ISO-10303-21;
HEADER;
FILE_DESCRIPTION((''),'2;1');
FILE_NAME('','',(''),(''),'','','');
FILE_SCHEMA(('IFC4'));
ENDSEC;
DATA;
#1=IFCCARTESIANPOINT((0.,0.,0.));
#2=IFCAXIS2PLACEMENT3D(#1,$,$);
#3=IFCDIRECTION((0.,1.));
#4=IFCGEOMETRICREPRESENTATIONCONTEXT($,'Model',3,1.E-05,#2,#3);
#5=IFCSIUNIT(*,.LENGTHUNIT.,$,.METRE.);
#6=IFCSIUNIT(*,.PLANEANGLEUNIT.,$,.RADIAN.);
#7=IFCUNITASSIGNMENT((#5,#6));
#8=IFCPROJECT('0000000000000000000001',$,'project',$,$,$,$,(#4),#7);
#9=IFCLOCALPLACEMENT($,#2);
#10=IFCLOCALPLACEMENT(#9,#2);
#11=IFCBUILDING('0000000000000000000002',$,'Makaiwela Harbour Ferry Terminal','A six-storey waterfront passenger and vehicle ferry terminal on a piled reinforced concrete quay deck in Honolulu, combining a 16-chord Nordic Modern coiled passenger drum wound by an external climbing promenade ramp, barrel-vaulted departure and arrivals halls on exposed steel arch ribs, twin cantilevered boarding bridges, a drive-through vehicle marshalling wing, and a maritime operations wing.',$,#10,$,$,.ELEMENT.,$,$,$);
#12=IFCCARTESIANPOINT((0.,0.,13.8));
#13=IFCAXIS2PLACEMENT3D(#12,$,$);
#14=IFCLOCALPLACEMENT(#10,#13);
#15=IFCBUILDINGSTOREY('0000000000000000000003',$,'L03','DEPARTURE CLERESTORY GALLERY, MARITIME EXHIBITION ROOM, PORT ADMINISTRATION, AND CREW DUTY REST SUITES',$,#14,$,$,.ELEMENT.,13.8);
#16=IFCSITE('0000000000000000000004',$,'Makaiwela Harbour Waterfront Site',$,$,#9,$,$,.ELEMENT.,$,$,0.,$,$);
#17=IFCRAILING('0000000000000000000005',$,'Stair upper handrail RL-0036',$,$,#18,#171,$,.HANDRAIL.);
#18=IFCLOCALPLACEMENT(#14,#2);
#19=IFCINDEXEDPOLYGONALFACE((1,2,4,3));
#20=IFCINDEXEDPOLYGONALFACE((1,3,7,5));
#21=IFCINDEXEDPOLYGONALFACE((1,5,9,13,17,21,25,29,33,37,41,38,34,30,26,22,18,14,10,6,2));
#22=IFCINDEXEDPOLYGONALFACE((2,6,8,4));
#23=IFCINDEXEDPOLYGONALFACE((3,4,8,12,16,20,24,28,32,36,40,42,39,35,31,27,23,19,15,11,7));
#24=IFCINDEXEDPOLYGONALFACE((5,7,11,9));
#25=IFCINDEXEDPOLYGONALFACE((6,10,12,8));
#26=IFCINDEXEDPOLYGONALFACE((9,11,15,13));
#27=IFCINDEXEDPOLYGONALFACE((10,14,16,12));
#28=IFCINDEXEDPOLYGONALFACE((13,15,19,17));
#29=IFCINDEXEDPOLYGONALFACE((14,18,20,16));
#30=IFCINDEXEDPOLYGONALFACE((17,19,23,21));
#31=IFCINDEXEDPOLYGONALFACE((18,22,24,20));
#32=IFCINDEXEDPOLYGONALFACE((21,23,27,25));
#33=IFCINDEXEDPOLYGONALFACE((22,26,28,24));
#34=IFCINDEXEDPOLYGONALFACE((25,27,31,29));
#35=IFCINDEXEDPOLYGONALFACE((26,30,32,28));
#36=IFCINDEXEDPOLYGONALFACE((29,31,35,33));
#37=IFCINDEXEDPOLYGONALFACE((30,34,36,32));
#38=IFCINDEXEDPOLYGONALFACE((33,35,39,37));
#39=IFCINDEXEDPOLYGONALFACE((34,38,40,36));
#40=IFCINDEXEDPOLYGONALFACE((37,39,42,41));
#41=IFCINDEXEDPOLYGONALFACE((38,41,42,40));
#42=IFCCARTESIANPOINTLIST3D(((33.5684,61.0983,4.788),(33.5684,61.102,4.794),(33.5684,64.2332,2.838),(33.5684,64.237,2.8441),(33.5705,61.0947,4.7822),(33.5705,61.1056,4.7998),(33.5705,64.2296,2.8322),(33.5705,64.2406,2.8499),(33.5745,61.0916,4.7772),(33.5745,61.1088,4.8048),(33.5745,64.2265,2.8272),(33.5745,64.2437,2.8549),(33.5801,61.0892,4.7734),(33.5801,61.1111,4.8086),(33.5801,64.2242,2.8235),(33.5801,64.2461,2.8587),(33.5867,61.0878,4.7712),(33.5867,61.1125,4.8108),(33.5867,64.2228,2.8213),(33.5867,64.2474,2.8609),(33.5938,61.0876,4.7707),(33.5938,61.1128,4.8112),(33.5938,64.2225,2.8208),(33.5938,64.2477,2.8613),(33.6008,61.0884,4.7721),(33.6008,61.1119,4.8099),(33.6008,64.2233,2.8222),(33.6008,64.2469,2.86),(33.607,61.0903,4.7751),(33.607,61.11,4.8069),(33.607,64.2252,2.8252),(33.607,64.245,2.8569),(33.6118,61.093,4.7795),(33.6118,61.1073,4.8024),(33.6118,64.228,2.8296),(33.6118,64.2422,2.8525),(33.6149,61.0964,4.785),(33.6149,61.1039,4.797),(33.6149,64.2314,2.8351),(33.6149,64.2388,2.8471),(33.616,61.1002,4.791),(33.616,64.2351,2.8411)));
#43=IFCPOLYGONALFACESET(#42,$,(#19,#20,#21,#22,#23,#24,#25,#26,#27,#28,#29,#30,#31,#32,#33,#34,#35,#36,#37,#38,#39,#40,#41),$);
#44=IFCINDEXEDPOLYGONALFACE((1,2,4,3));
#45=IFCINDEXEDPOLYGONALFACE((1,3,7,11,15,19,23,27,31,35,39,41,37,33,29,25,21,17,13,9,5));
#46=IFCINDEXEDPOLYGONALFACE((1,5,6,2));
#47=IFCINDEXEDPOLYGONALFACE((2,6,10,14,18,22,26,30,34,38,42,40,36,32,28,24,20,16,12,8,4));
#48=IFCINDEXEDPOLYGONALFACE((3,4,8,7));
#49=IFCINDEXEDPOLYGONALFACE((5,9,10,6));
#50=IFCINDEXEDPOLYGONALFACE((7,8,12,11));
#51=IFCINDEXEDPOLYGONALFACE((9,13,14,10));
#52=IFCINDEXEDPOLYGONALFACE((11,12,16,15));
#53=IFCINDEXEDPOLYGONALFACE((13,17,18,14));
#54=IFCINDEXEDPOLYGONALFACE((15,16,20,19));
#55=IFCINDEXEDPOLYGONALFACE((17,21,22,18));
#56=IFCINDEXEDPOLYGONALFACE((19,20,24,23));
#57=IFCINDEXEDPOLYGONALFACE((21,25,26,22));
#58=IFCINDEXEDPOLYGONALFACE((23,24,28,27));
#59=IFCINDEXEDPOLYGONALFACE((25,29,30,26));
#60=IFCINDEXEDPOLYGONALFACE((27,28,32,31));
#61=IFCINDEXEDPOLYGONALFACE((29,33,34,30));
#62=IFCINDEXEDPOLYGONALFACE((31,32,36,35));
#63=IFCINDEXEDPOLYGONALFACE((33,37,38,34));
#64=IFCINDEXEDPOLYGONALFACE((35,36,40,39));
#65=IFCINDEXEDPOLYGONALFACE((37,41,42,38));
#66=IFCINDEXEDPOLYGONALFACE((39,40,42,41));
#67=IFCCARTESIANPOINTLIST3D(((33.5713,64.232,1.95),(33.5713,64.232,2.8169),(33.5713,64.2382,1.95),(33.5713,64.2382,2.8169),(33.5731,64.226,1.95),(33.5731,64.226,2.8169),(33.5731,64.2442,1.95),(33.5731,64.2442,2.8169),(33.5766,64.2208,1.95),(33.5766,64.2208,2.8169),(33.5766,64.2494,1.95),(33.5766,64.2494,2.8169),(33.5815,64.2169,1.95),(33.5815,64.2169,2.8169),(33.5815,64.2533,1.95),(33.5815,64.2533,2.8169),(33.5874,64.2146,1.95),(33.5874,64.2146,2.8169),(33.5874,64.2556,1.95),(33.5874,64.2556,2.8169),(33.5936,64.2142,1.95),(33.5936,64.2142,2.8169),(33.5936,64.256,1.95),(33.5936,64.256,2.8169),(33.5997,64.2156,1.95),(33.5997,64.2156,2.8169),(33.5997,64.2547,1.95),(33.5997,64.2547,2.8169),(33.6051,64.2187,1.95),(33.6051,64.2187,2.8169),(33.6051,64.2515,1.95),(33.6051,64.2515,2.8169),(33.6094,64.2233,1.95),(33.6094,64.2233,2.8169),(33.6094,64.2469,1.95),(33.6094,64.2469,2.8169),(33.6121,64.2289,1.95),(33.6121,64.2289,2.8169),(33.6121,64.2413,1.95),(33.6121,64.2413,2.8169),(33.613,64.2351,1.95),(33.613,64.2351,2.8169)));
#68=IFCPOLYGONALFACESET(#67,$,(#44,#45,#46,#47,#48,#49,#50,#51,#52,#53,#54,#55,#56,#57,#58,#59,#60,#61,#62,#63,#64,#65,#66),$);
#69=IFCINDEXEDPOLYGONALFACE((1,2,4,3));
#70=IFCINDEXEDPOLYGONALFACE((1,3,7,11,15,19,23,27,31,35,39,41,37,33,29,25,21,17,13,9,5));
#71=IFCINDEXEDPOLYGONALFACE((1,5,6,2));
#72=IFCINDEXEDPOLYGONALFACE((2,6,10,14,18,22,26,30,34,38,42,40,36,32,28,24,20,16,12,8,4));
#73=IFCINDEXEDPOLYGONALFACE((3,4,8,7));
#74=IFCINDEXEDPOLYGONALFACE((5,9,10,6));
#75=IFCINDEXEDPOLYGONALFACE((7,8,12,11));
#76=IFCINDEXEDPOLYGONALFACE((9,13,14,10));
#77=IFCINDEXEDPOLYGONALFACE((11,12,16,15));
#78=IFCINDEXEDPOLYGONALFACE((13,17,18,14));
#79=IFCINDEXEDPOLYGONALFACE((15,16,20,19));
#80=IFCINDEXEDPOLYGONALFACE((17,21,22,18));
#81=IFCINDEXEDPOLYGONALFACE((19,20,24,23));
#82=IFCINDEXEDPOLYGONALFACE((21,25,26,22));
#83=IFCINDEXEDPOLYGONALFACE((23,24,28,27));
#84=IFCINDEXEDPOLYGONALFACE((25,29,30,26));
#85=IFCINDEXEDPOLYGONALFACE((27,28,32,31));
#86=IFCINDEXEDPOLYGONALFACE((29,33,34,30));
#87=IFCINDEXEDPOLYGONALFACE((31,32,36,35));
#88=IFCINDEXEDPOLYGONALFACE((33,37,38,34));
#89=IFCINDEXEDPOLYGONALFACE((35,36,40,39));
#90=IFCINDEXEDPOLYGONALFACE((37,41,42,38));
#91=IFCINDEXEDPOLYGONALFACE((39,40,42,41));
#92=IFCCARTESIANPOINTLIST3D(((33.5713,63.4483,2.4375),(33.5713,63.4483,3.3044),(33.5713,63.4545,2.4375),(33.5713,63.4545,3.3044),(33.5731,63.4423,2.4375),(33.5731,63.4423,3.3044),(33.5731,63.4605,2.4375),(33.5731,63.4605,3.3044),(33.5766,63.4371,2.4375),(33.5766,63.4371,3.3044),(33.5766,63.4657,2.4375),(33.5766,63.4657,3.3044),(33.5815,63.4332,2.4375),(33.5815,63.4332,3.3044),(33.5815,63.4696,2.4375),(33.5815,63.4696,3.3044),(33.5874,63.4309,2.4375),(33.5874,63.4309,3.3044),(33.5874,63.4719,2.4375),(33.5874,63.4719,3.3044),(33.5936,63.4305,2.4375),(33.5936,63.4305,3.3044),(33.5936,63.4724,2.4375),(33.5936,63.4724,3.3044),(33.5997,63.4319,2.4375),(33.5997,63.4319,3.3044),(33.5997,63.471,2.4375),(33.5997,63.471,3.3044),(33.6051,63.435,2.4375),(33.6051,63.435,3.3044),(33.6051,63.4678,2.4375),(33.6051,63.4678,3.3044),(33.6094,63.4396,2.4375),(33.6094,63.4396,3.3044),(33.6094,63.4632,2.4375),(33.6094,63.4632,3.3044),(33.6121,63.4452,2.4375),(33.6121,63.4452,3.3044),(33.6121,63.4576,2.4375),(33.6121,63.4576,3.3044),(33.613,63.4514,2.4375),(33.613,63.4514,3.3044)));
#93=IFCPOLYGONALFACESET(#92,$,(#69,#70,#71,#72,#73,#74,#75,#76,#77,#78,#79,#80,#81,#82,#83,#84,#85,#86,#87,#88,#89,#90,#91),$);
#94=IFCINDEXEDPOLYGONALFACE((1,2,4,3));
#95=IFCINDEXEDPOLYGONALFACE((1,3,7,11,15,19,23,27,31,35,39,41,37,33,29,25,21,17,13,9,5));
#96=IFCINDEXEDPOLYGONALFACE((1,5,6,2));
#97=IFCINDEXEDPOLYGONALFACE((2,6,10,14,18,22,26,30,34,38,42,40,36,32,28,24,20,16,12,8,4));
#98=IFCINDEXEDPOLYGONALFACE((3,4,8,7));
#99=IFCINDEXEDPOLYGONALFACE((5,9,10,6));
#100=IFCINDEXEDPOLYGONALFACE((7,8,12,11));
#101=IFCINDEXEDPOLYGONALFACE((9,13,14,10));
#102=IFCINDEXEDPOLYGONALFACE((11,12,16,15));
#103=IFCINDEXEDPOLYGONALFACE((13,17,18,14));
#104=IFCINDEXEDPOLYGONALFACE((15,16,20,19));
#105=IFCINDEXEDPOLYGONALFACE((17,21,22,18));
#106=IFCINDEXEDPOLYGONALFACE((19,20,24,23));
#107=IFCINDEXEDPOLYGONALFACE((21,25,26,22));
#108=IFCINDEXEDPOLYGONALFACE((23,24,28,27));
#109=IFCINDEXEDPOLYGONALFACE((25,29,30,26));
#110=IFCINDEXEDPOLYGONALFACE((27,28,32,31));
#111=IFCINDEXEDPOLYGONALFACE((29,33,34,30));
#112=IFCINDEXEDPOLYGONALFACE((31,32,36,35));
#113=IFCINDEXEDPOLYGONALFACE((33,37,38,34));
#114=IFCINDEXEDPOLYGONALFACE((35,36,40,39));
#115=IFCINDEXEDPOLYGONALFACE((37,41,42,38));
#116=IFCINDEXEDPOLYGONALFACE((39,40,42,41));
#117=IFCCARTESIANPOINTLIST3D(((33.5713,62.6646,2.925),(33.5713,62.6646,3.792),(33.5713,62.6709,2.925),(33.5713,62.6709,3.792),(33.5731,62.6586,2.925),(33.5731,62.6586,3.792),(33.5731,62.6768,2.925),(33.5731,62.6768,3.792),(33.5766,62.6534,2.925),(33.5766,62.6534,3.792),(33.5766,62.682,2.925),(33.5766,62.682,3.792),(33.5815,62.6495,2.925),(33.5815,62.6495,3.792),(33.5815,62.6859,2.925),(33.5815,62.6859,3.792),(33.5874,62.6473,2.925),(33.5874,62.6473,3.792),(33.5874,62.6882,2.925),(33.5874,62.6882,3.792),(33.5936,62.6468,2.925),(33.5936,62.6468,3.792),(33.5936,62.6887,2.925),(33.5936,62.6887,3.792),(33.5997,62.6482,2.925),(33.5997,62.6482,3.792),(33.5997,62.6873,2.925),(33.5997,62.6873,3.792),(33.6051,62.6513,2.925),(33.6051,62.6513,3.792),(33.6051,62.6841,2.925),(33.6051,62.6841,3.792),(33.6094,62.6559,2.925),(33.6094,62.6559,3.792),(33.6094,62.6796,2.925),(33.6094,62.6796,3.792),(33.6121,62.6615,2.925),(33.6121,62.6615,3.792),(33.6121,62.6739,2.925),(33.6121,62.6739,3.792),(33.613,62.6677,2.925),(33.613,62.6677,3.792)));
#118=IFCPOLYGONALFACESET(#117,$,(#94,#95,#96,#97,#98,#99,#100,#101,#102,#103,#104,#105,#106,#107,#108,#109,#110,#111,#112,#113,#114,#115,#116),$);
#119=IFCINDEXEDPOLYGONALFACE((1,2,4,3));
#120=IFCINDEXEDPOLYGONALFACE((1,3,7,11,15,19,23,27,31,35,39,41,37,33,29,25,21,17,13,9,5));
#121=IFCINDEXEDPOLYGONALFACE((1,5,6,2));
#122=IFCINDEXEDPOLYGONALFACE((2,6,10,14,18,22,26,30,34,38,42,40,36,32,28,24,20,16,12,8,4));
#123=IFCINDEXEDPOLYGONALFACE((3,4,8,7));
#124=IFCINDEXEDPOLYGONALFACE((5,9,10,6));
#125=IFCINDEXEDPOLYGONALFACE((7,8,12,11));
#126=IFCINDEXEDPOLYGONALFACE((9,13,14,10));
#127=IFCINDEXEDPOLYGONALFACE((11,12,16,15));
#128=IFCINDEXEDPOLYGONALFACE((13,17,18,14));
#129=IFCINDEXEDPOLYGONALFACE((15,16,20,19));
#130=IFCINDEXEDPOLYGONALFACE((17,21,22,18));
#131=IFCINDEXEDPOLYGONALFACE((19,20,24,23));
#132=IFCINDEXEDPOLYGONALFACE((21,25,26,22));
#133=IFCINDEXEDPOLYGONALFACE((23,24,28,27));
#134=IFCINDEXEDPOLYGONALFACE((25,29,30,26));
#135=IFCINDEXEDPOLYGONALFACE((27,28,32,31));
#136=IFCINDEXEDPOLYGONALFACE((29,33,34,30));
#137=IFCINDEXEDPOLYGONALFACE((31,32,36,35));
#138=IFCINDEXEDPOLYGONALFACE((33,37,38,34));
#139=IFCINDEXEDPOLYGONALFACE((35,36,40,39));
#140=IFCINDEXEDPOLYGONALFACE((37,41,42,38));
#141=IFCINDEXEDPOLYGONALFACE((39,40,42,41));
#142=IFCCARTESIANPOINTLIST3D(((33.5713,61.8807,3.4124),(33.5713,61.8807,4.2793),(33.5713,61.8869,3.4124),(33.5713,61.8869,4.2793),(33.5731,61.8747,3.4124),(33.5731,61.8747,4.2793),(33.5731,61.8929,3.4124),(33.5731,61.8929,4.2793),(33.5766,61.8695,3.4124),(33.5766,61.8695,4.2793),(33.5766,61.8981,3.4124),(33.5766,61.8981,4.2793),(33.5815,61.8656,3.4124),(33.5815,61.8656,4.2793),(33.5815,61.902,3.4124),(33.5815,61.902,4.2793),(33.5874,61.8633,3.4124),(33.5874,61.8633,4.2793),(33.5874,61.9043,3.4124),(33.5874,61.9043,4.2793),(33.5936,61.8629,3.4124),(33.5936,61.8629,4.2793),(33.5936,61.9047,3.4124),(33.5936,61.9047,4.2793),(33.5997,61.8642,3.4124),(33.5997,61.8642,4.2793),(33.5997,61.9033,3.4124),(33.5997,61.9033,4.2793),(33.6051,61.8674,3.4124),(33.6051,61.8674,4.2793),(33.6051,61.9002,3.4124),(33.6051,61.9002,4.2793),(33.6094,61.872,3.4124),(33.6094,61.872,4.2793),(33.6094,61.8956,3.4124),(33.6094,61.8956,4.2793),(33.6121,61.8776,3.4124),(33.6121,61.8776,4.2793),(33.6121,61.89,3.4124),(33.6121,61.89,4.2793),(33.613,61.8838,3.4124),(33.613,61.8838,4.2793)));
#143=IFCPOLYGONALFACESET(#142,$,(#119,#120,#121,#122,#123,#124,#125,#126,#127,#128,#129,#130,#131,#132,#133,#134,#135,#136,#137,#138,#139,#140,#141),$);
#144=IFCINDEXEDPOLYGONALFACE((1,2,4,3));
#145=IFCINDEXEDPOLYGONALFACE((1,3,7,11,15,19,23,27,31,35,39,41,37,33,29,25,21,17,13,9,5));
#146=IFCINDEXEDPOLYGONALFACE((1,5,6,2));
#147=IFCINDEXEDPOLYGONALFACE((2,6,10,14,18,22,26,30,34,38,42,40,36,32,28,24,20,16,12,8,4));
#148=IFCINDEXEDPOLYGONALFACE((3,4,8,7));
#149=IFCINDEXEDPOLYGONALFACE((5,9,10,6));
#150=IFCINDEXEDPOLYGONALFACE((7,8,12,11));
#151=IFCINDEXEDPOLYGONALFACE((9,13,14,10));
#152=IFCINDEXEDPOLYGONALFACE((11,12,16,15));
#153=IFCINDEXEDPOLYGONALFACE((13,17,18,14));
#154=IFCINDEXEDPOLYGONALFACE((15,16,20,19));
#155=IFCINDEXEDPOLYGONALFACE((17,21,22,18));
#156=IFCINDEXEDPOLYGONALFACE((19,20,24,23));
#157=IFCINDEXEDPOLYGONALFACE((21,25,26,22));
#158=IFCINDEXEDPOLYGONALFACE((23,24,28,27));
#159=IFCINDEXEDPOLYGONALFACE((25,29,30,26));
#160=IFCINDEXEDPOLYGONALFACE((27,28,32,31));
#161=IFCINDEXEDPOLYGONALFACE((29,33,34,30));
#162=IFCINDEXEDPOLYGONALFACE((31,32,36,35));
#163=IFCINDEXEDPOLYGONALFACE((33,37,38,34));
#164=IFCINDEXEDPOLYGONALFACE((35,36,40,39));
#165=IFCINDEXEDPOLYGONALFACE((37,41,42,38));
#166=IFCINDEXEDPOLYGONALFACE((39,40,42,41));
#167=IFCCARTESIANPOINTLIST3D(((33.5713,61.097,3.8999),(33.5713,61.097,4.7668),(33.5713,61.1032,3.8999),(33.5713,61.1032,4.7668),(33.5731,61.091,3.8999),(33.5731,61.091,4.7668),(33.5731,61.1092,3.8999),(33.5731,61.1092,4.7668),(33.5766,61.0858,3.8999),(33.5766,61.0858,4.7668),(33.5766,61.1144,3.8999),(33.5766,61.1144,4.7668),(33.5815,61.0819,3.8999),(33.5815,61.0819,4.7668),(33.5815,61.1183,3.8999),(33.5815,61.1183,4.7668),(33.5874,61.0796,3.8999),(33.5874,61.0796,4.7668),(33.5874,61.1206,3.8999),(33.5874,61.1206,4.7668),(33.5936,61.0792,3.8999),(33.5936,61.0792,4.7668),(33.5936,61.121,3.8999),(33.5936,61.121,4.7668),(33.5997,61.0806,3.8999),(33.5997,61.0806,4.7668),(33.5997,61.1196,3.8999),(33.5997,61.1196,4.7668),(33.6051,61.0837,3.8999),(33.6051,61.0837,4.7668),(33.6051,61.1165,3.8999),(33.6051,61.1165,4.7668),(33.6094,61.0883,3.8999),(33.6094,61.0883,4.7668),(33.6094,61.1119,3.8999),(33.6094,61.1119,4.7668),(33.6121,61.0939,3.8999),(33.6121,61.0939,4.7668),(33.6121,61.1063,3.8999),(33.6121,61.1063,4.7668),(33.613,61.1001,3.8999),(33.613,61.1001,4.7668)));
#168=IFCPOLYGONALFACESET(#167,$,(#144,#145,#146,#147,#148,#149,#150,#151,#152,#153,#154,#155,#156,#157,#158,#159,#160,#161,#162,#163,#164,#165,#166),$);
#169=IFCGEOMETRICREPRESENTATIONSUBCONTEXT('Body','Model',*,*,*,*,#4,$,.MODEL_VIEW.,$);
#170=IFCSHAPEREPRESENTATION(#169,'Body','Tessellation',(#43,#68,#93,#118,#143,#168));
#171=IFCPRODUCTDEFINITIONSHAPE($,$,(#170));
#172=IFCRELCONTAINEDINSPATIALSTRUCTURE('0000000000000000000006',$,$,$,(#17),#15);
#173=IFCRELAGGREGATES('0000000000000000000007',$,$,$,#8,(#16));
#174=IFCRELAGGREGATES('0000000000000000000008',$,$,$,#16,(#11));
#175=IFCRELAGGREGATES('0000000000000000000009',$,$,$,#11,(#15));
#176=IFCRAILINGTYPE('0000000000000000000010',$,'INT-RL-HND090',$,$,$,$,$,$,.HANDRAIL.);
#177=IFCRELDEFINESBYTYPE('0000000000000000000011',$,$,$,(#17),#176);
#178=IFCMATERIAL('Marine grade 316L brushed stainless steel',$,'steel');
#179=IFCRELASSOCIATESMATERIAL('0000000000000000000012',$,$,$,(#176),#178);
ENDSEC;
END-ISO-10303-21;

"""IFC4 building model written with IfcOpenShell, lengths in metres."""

from ifc_helpers import new_model, si_unit, direction, frame, origin, origin_2d, place, context, subcontext, project, spatial, circle, extrude, material, type_object, element, save


model = new_model("IFC4")

# Units and contexts
model_context = context("Model", 3, precision=1e-05, world=origin(), true_north=direction((0.0, 1.0)))
body_context = subcontext(model_context, "Body", "Model", "MODEL_VIEW")
ifc_project = project(units=[si_unit("LENGTHUNIT", "METRE"), si_unit("PLANEANGLEUNIT", "RADIAN")], contexts=[model_context])

# Site, building, storey
site_placement = place(None, origin())
site = spatial("IfcSite", under=ifc_project, at=site_placement, Name="Makaiwela Harbour Waterfront Site", CompositionType="ELEMENT", RefElevation=0.0)
building_placement = place(site_placement, origin())
building = spatial("IfcBuilding", under=site, at=building_placement, Name="Makaiwela Harbour Ferry Terminal", Description="A six-storey waterfront passenger and vehicle ferry terminal on a piled reinforced concrete quay deck in Honolulu, combining a 16-chord Nordic Modern coiled passenger drum wound by an external climbing promenade ramp, barrel-vaulted departure and arrivals halls on exposed steel arch ribs, twin cantilevered boarding bridges, a drive-through vehicle marshalling wing, and a maritime operations wing.", CompositionType="ELEMENT")
storey_placement = place(building_placement, frame((0.0, 0.0, 13.8)))
storey = spatial("IfcBuildingStorey", under=building, at=storey_placement, Name="L03", Description="DEPARTURE CLERESTORY GALLERY, MARITIME EXHIBITION ROOM, PORT ADMINISTRATION, AND CREW DUTY REST SUITES", CompositionType="ELEMENT", Elevation=13.8)

# Railing
ifc_material_1 = material(Name="Marine grade 316L brushed stainless steel", Category="steel")
railing_type_1 = type_object("IfcRailingType", Name="INT-RL-HND090", PredefinedType="HANDRAIL", material=ifc_material_1)
railing_1_placement = place(storey_placement, frame((33.592, 64.2351, 1.95)))
element("IfcRailing", 1, at=railing_1_placement, inside=storey, type_object=railing_type_1, Name="Stair upper handrail RL-0036", PredefinedType="HANDRAIL", context=body_context, shape_type="SweptSolid", body=[
    extrude(circle(Radius=0.0239, at=origin_2d()), frame((0.0, 0.0, 0.8911), z_axis=(0.0, -0.849144, 0.528161), x_axis=(1.0, 0.0, 0.0)), (0.0, 0.0, 1.0), 3.6919),
    extrude(circle(Radius=0.021, at=origin_2d()), origin(), (0.0, 0.0, 1.0), 0.8669),
    extrude(circle(Radius=0.021, at=origin_2d()), frame((0.0, -0.7837, 0.4875)), (0.0, 0.0, 1.0), 0.8669),
    extrude(circle(Radius=0.021, at=origin_2d()), frame((0.0, -1.5674, 0.9751)), (0.0, 0.0, 1.0), 0.8669),
    extrude(circle(Radius=0.021, at=origin_2d()), frame((0.0, -2.3513, 1.4624)), (0.0, 0.0, 1.0), 0.8669),
    extrude(circle(Radius=0.021, at=origin_2d()), frame((0.0, -3.135, 1.95)), (0.0, 0.0, 1.0), 0.8669),
])

save(model, "model.ifc")
